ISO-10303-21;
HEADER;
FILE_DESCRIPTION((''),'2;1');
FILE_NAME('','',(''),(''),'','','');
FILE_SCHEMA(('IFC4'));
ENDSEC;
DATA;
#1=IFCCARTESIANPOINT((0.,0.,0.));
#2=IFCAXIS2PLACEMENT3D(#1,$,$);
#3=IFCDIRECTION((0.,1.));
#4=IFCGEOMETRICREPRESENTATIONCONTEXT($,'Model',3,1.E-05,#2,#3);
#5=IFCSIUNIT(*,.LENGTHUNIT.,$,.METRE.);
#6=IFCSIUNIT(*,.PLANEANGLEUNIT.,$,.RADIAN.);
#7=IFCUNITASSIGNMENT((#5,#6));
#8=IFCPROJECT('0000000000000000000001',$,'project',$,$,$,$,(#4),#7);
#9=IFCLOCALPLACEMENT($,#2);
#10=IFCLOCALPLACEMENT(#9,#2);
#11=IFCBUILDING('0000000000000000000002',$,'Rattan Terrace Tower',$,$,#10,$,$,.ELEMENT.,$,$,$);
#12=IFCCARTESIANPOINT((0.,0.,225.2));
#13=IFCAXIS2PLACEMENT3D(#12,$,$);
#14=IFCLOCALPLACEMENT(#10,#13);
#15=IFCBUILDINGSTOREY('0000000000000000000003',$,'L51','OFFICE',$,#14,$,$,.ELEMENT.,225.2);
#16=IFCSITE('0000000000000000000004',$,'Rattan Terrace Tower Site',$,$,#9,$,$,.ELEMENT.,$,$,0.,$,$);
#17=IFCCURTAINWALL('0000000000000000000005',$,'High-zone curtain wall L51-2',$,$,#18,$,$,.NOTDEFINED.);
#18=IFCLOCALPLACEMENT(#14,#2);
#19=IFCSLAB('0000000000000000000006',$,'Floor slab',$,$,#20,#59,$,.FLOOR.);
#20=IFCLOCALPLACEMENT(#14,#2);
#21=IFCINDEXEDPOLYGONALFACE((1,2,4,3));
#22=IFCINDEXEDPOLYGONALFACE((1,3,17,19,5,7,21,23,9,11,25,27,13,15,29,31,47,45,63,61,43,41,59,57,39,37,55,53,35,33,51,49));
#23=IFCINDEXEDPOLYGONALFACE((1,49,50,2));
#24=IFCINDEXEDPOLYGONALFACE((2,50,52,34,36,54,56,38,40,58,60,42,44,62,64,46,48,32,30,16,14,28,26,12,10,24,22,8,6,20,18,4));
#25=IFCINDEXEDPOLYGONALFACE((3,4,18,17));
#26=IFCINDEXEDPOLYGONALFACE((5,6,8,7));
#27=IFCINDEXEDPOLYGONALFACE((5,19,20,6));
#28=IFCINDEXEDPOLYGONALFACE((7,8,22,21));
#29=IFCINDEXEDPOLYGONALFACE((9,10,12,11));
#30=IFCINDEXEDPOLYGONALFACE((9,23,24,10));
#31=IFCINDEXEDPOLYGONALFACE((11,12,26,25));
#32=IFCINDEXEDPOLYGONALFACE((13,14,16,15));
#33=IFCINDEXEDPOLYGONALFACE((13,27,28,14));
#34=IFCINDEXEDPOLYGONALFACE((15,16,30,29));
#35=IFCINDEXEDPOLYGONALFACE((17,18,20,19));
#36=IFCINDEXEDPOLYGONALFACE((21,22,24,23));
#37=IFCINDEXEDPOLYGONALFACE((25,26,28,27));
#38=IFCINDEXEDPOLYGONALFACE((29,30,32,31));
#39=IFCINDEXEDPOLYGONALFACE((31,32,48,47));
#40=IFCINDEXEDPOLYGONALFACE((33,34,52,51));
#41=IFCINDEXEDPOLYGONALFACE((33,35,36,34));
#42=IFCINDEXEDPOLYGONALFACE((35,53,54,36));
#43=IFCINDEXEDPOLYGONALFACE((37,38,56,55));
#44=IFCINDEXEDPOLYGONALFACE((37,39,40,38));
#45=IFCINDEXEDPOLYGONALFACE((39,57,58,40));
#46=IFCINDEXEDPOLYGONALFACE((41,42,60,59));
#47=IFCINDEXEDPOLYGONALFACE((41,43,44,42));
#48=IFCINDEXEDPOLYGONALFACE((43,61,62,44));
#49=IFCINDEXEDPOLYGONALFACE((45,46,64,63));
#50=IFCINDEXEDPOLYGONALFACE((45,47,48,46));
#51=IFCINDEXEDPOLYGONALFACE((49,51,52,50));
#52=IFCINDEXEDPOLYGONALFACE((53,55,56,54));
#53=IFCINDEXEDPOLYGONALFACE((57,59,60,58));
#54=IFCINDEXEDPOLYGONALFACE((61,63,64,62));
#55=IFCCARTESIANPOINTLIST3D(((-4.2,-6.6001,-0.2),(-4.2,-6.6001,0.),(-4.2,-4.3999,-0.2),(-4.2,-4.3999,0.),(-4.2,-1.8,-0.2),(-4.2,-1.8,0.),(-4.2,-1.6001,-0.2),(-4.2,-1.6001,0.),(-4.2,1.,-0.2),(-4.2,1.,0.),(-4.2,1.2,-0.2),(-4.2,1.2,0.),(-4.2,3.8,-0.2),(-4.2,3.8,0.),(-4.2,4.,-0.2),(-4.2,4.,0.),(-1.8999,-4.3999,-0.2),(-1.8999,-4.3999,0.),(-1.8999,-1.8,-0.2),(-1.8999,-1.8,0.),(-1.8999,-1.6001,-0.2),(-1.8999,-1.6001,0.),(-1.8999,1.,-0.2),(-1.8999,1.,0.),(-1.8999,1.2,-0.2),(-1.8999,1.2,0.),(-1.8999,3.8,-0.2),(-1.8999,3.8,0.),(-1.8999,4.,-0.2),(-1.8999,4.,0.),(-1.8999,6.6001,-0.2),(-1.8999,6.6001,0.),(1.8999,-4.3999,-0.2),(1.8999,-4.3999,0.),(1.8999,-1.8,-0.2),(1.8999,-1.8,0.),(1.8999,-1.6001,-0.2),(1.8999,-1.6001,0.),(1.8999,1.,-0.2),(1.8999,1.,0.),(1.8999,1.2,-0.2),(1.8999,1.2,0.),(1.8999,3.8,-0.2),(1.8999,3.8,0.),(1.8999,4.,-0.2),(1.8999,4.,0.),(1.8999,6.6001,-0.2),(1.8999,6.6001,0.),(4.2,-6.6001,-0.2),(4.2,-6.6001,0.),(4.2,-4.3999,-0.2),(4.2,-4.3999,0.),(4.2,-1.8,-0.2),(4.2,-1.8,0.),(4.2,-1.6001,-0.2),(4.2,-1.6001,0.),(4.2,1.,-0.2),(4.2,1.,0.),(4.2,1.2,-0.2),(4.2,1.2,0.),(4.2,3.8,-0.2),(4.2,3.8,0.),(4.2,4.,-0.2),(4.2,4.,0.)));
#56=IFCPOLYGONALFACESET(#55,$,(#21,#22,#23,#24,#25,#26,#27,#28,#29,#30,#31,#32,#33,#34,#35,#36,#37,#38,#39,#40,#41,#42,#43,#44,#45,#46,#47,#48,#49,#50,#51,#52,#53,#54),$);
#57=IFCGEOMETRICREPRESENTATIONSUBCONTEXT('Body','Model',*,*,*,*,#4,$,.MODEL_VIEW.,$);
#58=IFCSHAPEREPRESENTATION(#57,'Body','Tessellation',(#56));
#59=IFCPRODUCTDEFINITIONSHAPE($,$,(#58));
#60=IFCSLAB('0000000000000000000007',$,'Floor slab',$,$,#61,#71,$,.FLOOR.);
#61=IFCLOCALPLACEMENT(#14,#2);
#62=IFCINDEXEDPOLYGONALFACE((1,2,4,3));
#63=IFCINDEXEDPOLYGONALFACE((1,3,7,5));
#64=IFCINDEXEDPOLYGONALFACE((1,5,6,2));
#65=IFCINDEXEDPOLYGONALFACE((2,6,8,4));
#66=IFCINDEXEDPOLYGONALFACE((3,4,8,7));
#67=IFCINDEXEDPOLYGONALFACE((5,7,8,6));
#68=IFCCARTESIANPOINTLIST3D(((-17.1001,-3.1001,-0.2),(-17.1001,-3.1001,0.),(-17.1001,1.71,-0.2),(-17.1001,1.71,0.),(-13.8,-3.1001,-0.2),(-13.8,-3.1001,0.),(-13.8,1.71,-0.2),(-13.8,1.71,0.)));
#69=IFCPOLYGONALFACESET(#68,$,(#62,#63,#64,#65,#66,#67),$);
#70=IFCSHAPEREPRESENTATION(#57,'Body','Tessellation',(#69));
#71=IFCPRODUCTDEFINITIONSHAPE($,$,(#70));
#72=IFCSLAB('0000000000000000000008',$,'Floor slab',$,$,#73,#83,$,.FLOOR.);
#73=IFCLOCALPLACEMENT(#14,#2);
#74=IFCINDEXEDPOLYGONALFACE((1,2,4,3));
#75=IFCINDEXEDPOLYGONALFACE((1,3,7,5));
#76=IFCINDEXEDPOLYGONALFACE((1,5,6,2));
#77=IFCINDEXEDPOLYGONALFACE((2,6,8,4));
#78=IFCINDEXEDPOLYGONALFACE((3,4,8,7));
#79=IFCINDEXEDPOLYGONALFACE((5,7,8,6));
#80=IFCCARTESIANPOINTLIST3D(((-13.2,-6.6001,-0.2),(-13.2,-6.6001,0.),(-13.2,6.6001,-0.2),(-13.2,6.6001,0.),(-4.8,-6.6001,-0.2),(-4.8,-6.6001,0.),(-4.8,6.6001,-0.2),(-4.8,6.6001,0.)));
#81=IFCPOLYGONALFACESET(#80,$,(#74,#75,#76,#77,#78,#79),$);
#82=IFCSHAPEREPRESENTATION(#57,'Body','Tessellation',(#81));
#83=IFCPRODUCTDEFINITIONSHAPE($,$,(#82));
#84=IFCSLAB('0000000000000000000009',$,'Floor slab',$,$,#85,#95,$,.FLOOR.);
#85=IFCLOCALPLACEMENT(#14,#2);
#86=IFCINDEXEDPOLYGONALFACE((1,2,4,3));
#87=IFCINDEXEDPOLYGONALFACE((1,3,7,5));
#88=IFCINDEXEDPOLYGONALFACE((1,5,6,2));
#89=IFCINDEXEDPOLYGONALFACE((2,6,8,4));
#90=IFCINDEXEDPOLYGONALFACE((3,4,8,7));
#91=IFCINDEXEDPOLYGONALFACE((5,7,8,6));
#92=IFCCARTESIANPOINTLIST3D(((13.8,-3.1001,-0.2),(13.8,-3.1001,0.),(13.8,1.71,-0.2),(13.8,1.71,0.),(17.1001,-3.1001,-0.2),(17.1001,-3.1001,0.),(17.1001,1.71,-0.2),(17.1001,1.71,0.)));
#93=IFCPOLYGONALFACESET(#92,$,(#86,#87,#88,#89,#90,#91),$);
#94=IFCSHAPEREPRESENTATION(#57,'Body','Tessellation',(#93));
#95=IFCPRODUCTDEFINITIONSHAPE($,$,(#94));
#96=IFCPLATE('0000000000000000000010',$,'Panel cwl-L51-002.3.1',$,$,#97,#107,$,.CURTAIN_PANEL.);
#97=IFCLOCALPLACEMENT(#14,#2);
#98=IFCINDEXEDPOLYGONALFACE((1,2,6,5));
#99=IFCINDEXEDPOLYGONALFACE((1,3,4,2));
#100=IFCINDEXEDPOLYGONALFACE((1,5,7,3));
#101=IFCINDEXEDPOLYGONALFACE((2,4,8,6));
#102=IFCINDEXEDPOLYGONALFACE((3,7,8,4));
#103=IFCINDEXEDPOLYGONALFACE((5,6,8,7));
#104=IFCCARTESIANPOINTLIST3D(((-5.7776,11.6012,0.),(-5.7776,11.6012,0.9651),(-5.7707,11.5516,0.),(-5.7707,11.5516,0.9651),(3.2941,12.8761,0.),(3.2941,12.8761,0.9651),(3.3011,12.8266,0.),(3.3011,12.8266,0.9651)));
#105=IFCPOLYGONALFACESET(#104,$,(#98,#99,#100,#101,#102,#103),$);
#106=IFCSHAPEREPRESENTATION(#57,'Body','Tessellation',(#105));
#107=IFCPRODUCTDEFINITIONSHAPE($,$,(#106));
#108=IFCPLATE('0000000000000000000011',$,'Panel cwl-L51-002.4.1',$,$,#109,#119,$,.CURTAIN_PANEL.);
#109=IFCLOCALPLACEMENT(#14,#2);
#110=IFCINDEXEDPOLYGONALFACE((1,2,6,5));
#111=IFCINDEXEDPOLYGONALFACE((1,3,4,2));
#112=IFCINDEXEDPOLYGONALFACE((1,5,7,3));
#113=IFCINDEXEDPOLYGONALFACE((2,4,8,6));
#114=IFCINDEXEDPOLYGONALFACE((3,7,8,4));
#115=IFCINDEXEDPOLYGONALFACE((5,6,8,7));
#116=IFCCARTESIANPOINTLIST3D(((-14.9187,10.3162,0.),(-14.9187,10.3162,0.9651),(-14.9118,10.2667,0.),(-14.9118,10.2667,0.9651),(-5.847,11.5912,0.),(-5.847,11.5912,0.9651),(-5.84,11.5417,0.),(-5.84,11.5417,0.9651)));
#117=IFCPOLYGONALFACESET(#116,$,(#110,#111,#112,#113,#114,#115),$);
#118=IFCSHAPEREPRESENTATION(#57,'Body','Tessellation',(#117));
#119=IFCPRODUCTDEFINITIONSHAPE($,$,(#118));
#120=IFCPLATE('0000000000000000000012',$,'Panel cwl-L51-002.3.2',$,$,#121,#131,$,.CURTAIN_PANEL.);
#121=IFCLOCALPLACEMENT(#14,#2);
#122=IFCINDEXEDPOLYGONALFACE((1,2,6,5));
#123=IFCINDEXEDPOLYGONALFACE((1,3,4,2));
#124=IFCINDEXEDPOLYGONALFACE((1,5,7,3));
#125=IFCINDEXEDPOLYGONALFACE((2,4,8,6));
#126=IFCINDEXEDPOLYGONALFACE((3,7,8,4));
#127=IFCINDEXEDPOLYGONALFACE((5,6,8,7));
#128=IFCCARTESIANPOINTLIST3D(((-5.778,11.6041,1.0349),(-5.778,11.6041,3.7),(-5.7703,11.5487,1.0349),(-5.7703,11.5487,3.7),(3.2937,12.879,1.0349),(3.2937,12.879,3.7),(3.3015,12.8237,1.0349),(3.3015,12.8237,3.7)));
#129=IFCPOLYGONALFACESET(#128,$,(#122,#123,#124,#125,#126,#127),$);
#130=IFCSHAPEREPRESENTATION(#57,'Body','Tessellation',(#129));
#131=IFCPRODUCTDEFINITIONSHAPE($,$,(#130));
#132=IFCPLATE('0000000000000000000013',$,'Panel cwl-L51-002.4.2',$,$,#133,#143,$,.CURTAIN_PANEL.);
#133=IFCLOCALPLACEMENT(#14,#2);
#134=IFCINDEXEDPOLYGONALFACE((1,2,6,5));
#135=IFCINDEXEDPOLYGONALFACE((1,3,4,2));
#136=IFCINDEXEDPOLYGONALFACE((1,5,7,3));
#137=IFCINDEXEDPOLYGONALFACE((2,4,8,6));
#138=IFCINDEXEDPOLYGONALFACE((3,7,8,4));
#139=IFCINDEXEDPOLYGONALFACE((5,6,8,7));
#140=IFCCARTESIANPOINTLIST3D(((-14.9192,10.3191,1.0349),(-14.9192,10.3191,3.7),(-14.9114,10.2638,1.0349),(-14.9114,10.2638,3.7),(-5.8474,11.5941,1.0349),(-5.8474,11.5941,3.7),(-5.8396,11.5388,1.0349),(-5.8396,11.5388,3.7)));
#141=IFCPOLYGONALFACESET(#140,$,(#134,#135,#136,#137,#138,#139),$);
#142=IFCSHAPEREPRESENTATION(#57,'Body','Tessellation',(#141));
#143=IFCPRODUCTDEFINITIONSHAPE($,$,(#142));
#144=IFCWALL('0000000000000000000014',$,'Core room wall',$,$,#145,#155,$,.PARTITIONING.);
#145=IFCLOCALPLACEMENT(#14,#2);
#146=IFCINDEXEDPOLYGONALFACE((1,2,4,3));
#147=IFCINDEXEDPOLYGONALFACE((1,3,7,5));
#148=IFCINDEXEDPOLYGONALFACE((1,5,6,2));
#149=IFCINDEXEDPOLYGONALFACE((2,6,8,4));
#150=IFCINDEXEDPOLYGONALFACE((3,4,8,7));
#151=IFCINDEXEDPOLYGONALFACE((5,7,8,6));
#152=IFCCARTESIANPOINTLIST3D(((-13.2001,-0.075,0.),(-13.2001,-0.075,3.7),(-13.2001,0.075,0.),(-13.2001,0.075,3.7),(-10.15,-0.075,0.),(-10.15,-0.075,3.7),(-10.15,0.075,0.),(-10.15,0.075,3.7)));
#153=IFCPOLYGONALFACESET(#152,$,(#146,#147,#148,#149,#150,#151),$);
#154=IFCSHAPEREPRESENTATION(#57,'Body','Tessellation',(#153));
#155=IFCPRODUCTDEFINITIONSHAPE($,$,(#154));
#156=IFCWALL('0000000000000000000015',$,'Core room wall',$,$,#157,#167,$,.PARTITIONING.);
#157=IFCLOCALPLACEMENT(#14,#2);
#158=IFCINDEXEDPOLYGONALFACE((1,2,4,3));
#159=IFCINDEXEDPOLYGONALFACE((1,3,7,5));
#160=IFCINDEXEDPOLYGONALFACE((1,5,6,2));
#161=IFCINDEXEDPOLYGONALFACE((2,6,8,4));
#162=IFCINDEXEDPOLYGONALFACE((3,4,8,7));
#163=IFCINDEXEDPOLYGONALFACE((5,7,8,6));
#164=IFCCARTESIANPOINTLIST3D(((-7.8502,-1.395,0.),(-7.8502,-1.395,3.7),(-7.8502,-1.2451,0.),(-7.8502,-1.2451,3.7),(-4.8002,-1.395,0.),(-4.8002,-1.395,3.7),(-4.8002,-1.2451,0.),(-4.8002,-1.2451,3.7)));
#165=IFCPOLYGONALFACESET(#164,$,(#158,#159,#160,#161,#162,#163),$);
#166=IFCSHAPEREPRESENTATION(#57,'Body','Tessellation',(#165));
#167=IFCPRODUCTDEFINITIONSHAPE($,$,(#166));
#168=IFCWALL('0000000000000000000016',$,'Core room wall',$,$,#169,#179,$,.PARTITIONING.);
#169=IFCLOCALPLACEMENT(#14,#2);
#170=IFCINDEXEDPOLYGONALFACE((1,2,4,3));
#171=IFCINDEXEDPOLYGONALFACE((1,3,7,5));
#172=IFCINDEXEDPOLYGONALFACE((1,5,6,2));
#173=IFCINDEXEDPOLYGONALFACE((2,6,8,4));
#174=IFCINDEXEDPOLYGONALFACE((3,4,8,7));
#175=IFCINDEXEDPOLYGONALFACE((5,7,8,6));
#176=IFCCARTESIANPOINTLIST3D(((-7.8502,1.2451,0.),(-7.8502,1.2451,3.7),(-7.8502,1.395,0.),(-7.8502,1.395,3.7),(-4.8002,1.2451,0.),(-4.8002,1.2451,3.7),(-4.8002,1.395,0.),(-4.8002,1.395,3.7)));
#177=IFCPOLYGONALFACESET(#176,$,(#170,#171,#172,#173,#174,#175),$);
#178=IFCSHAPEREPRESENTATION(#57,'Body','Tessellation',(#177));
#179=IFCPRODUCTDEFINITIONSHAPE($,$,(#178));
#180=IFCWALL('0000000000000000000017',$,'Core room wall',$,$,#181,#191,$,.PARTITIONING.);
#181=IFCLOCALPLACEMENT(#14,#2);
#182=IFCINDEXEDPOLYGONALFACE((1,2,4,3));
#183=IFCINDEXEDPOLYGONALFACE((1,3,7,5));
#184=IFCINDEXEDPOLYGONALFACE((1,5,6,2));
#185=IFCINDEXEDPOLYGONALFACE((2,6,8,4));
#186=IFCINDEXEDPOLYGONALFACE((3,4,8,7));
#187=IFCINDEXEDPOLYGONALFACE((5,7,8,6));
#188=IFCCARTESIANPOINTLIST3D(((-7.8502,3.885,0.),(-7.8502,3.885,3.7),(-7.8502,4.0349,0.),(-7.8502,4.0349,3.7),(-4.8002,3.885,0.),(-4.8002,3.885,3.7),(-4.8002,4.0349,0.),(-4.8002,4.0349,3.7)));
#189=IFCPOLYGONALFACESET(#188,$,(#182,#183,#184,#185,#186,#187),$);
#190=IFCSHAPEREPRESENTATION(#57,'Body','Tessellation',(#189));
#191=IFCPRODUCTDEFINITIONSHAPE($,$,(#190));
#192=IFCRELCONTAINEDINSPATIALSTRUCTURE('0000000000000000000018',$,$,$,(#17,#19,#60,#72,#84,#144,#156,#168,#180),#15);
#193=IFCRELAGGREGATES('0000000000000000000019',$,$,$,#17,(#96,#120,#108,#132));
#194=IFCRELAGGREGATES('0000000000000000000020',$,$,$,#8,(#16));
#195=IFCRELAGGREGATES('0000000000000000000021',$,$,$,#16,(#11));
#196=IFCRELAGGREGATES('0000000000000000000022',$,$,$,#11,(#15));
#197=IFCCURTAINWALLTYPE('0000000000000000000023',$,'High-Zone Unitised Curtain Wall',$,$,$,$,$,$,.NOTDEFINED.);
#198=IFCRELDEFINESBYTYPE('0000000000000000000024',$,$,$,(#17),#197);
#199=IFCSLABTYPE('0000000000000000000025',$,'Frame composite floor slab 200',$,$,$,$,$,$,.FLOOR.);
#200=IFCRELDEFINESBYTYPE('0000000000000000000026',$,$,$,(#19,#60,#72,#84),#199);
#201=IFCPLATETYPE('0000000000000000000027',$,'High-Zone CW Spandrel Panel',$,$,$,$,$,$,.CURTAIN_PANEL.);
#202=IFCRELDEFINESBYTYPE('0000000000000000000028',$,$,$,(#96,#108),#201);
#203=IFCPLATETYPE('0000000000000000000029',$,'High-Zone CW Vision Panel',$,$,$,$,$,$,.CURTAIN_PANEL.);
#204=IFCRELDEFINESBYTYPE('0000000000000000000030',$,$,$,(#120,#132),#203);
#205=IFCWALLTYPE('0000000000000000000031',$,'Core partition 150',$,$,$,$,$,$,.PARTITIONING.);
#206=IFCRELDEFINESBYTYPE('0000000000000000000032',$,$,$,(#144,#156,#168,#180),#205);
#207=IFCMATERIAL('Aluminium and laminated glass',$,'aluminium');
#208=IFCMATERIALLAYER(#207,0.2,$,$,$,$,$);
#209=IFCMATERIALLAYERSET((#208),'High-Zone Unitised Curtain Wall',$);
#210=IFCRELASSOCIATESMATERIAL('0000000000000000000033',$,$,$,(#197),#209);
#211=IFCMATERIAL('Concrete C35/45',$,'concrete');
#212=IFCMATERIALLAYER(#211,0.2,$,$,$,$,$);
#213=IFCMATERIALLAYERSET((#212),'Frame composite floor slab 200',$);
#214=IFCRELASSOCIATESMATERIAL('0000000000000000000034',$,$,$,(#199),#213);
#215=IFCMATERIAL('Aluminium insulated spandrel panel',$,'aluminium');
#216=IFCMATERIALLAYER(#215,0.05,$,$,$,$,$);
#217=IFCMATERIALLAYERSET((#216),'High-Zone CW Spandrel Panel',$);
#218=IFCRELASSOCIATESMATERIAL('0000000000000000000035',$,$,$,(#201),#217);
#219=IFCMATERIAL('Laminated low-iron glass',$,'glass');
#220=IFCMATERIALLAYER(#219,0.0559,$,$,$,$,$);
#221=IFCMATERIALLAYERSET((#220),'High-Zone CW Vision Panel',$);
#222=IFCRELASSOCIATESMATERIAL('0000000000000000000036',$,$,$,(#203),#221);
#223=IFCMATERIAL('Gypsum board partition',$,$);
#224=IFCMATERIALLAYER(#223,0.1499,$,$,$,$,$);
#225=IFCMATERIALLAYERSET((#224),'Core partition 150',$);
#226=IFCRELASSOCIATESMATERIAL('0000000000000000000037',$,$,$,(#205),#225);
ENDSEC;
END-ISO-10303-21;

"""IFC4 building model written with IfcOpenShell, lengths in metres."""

from ifc_helpers import new_model, si_unit, direction, frame, frame_2d, origin, origin_2d, place, context, subcontext, project, spatial, polyline, rectangle, outline, extrude, material, layer, layer_set, type_object, element, aggregate, save


model = new_model("IFC4")

# Units and contexts
model_context = context("Model", 3, precision=1e-05, world=origin(), true_north=direction((0.0, 1.0)))
body_context = subcontext(model_context, "Body", "Model", "MODEL_VIEW")
ifc_project = project(units=[si_unit("LENGTHUNIT", "METRE"), si_unit("PLANEANGLEUNIT", "RADIAN")], contexts=[model_context])

# Site, building, storey
site_placement = place(None, origin())
site = spatial("IfcSite", under=ifc_project, at=site_placement, Name="Rattan Terrace Tower Site", CompositionType="ELEMENT", RefElevation=0.0)
building_placement = place(site_placement, origin())
building = spatial("IfcBuilding", under=site, at=building_placement, Name="Rattan Terrace Tower", CompositionType="ELEMENT")
storey_placement = place(building_placement, frame((0.0, 0.0, 225.2)))
storey = spatial("IfcBuildingStorey", under=building, at=storey_placement, Name="L51", Description="OFFICE", CompositionType="ELEMENT", Elevation=225.2)

# Curtain wall
ifc_material_1 = material(Name="Aluminium and laminated glass", Category="aluminium")
ifc_layer_1 = layer(ifc_material_1, 0.2)
ifc_layer_set_1 = layer_set([ifc_layer_1], Name="High-Zone Unitised Curtain Wall")
curtain_wall_type = type_object("IfcCurtainWallType", Name="High-Zone Unitised Curtain Wall", PredefinedType="NOTDEFINED", material=ifc_layer_set_1)
curtain_wall_placement = place(storey_placement, origin())
curtain_wall = element("IfcCurtainWall", 1, at=curtain_wall_placement, inside=storey, type_object=curtain_wall_type, Name="High-zone curtain wall L51-2", PredefinedType="NOTDEFINED")

# Slabs
ifc_material_2 = material(Name="Concrete C35/45", Category="concrete")
ifc_layer_2 = layer(ifc_material_2, 0.2)
ifc_layer_set_2 = layer_set([ifc_layer_2], Name="Frame composite floor slab 200")
slab_type_1 = type_object("IfcSlabType", Name="Frame composite floor slab 200", PredefinedType="FLOOR", material=ifc_layer_set_2)
slab_1_placement = place(storey_placement, frame((0.0, 0.0, -0.2)))
element("IfcSlab", 2, at=slab_1_placement, inside=storey, type_object=slab_type_1, Name="Floor slab", PredefinedType="FLOOR", context=body_context, shape_type="SweptSolid", body=[
    extrude(outline(polyline([(1.8999, 6.6001), (-1.8999, 6.6001), (-1.8999, 4.0), (-4.2, 4.0), (-4.2, 3.8), (-1.8999, 3.8), (-1.8999, 1.2), (-4.2, 1.2), (-4.2, 1.0), (-1.8999, 1.0), (-1.8999, -1.6001), (-4.2, -1.6001), (-4.2, -1.8), (-1.8999, -1.8), (-1.8999, -4.3999), (-4.2, -4.3999), (-4.2, -6.6001), (4.2, -6.6001), (4.2, -4.3999), (1.8999, -4.3999), (1.8999, -1.8), (4.2, -1.8), (4.2, -1.6001), (1.8999, -1.6001), (1.8999, 1.0), (4.2, 1.0), (4.2, 1.2), (1.8999, 1.2), (1.8999, 3.8), (4.2, 3.8), (4.2, 4.0), (1.8999, 4.0), (1.8999, 6.6001)])), origin(), (0.0, 0.0, 1.0), 0.2),
])
slab_2_placement = place(storey_placement, frame((0.0, 0.0, -0.2)))
element("IfcSlab", 3, at=slab_2_placement, inside=storey, type_object=slab_type_1, Name="Floor slab", PredefinedType="FLOOR", context=body_context, shape_type="SweptSolid", body=[
    extrude(outline(polyline([(-17.1001, -3.1001), (-13.8, -3.1001), (-13.8, 1.71), (-17.1001, 1.71), (-17.1001, -3.1001)])), origin(), (0.0, 0.0, 1.0), 0.2),
])
slab_3_placement = place(storey_placement, frame((0.0, 0.0, -0.2)))
element("IfcSlab", 4, at=slab_3_placement, inside=storey, type_object=slab_type_1, Name="Floor slab", PredefinedType="FLOOR", context=body_context, shape_type="SweptSolid", body=[
    extrude(outline(polyline([(-4.8, -6.6001), (-4.8, 6.6001), (-13.2, 6.6001), (-13.2, -6.6001), (-4.8, -6.6001)])), origin(), (0.0, 0.0, 1.0), 0.2),
])
slab_4_placement = place(storey_placement, frame((0.0, 0.0, -0.2)))
element("IfcSlab", 5, at=slab_4_placement, inside=storey, type_object=slab_type_1, Name="Floor slab", PredefinedType="FLOOR", context=body_context, shape_type="SweptSolid", body=[
    extrude(outline(polyline([(13.8, -3.1001), (17.1001, -3.1001), (17.1001, 1.71), (13.8, 1.71), (13.8, -3.1001)])), origin(), (0.0, 0.0, 1.0), 0.2),
])

# Plates
ifc_material_3 = material(Name="Aluminium insulated spandrel panel", Category="aluminium")
ifc_layer_3 = layer(ifc_material_3, 0.05)
ifc_layer_set_3 = layer_set([ifc_layer_3], Name="High-Zone CW Spandrel Panel")
plate_type_1 = type_object("IfcPlateType", Name="High-Zone CW Spandrel Panel", PredefinedType="CURTAIN_PANEL", material=ifc_layer_set_3)
plate_1_placement = place(storey_placement, frame((-1.2383, 12.2139, 0.0), z_axis=(0.0, 0.0, 1.0), x_axis=(-0.990267, -0.139177, 0.0)))
plate_1 = element("IfcPlate", 6, at=plate_1_placement, type_object=plate_type_1, Name="Panel cwl-L51-002.3.1", PredefinedType="CURTAIN_PANEL", context=body_context, shape_type="SweptSolid", body=[
    extrude(rectangle(XDim=9.1609, YDim=0.05, at=origin_2d()), origin(), (0.0, 0.0, 1.0), 0.9651),
])
plate_2_placement = place(storey_placement, frame((-10.3794, 10.929, 0.0), z_axis=(0.0, 0.0, 1.0), x_axis=(-0.990267, -0.139177, 0.0)))
plate_2 = element("IfcPlate", 7, at=plate_2_placement, type_object=plate_type_1, Name="Panel cwl-L51-002.4.1", PredefinedType="CURTAIN_PANEL", context=body_context, shape_type="SweptSolid", body=[
    extrude(rectangle(XDim=9.1609, YDim=0.05, at=origin_2d()), origin(), (0.0, 0.0, 1.0), 0.9651),
])
ifc_material_4 = material(Name="Laminated low-iron glass", Category="glass")
ifc_layer_4 = layer(ifc_material_4, 0.0559)
ifc_layer_set_4 = layer_set([ifc_layer_4], Name="High-Zone CW Vision Panel")
plate_type_2 = type_object("IfcPlateType", Name="High-Zone CW Vision Panel", PredefinedType="CURTAIN_PANEL", material=ifc_layer_set_4)
plate_3_placement = place(storey_placement, frame((-1.2383, 12.2139, 1.0349), z_axis=(0.0, 0.0, 1.0), x_axis=(-0.990267, -0.139177, 0.0)))
plate_3 = element("IfcPlate", 8, at=plate_3_placement, type_object=plate_type_2, Name="Panel cwl-L51-002.3.2", PredefinedType="CURTAIN_PANEL", context=body_context, shape_type="SweptSolid", body=[
    extrude(rectangle(XDim=9.1609, YDim=0.0559, at=origin_2d()), origin(), (0.0, 0.0, 1.0), 2.665),
])
plate_4_placement = place(storey_placement, frame((-10.3794, 10.929, 1.0349), z_axis=(0.0, 0.0, 1.0), x_axis=(-0.990267, -0.139177, 0.0)))
plate_4 = element("IfcPlate", 9, at=plate_4_placement, type_object=plate_type_2, Name="Panel cwl-L51-002.4.2", PredefinedType="CURTAIN_PANEL", context=body_context, shape_type="SweptSolid", body=[
    extrude(rectangle(XDim=9.1609, YDim=0.0559, at=origin_2d()), origin(), (0.0, 0.0, 1.0), 2.665),
])
aggregate(curtain_wall, [plate_1, plate_3, plate_2, plate_4])

# Walls
ifc_material_5 = material(Name="Gypsum board partition")
ifc_layer_5 = layer(ifc_material_5, 0.1499)
ifc_layer_set_5 = layer_set([ifc_layer_5], Name="Core partition 150")
wall_type_1 = type_object("IfcWallType", Name="Core partition 150", PredefinedType="PARTITIONING", material=ifc_layer_set_5)
for number, where, z_axis, x_axis, name in (
    (10, (-13.2, 0.0, 0.0), (0.0, 0.0, 1.0), (1.0, 0.0, 0.0), "Core room wall"),
    (11, (-7.8501, -1.3201, 0.0), (0.0, 0.0, 1.0), (1.0, 0.0, 0.0), "Core room wall"),
    (12, (-7.8501, 1.3201, 0.0), (0.0, 0.0, 1.0), (1.0, 0.0, 0.0), "Core room wall"),
    (13, (-7.8501, 3.96, 0.0), (0.0, 0.0, 1.0), (1.0, 0.0, 0.0), "Core room wall"),
):
    element("IfcWall", number, at=place(storey_placement, frame(where, z_axis=z_axis, x_axis=x_axis)), inside=storey, type_object=wall_type_1, Name=name, PredefinedType="PARTITIONING", context=body_context, shape_type="SweptSolid", body=[
        extrude(rectangle(XDim=3.05, YDim=0.1499, at=frame_2d((1.5249, 0.0))), origin(), (0.0, 0.0, 1.0), 3.7),
    ])

save(model, "model.ifc")
